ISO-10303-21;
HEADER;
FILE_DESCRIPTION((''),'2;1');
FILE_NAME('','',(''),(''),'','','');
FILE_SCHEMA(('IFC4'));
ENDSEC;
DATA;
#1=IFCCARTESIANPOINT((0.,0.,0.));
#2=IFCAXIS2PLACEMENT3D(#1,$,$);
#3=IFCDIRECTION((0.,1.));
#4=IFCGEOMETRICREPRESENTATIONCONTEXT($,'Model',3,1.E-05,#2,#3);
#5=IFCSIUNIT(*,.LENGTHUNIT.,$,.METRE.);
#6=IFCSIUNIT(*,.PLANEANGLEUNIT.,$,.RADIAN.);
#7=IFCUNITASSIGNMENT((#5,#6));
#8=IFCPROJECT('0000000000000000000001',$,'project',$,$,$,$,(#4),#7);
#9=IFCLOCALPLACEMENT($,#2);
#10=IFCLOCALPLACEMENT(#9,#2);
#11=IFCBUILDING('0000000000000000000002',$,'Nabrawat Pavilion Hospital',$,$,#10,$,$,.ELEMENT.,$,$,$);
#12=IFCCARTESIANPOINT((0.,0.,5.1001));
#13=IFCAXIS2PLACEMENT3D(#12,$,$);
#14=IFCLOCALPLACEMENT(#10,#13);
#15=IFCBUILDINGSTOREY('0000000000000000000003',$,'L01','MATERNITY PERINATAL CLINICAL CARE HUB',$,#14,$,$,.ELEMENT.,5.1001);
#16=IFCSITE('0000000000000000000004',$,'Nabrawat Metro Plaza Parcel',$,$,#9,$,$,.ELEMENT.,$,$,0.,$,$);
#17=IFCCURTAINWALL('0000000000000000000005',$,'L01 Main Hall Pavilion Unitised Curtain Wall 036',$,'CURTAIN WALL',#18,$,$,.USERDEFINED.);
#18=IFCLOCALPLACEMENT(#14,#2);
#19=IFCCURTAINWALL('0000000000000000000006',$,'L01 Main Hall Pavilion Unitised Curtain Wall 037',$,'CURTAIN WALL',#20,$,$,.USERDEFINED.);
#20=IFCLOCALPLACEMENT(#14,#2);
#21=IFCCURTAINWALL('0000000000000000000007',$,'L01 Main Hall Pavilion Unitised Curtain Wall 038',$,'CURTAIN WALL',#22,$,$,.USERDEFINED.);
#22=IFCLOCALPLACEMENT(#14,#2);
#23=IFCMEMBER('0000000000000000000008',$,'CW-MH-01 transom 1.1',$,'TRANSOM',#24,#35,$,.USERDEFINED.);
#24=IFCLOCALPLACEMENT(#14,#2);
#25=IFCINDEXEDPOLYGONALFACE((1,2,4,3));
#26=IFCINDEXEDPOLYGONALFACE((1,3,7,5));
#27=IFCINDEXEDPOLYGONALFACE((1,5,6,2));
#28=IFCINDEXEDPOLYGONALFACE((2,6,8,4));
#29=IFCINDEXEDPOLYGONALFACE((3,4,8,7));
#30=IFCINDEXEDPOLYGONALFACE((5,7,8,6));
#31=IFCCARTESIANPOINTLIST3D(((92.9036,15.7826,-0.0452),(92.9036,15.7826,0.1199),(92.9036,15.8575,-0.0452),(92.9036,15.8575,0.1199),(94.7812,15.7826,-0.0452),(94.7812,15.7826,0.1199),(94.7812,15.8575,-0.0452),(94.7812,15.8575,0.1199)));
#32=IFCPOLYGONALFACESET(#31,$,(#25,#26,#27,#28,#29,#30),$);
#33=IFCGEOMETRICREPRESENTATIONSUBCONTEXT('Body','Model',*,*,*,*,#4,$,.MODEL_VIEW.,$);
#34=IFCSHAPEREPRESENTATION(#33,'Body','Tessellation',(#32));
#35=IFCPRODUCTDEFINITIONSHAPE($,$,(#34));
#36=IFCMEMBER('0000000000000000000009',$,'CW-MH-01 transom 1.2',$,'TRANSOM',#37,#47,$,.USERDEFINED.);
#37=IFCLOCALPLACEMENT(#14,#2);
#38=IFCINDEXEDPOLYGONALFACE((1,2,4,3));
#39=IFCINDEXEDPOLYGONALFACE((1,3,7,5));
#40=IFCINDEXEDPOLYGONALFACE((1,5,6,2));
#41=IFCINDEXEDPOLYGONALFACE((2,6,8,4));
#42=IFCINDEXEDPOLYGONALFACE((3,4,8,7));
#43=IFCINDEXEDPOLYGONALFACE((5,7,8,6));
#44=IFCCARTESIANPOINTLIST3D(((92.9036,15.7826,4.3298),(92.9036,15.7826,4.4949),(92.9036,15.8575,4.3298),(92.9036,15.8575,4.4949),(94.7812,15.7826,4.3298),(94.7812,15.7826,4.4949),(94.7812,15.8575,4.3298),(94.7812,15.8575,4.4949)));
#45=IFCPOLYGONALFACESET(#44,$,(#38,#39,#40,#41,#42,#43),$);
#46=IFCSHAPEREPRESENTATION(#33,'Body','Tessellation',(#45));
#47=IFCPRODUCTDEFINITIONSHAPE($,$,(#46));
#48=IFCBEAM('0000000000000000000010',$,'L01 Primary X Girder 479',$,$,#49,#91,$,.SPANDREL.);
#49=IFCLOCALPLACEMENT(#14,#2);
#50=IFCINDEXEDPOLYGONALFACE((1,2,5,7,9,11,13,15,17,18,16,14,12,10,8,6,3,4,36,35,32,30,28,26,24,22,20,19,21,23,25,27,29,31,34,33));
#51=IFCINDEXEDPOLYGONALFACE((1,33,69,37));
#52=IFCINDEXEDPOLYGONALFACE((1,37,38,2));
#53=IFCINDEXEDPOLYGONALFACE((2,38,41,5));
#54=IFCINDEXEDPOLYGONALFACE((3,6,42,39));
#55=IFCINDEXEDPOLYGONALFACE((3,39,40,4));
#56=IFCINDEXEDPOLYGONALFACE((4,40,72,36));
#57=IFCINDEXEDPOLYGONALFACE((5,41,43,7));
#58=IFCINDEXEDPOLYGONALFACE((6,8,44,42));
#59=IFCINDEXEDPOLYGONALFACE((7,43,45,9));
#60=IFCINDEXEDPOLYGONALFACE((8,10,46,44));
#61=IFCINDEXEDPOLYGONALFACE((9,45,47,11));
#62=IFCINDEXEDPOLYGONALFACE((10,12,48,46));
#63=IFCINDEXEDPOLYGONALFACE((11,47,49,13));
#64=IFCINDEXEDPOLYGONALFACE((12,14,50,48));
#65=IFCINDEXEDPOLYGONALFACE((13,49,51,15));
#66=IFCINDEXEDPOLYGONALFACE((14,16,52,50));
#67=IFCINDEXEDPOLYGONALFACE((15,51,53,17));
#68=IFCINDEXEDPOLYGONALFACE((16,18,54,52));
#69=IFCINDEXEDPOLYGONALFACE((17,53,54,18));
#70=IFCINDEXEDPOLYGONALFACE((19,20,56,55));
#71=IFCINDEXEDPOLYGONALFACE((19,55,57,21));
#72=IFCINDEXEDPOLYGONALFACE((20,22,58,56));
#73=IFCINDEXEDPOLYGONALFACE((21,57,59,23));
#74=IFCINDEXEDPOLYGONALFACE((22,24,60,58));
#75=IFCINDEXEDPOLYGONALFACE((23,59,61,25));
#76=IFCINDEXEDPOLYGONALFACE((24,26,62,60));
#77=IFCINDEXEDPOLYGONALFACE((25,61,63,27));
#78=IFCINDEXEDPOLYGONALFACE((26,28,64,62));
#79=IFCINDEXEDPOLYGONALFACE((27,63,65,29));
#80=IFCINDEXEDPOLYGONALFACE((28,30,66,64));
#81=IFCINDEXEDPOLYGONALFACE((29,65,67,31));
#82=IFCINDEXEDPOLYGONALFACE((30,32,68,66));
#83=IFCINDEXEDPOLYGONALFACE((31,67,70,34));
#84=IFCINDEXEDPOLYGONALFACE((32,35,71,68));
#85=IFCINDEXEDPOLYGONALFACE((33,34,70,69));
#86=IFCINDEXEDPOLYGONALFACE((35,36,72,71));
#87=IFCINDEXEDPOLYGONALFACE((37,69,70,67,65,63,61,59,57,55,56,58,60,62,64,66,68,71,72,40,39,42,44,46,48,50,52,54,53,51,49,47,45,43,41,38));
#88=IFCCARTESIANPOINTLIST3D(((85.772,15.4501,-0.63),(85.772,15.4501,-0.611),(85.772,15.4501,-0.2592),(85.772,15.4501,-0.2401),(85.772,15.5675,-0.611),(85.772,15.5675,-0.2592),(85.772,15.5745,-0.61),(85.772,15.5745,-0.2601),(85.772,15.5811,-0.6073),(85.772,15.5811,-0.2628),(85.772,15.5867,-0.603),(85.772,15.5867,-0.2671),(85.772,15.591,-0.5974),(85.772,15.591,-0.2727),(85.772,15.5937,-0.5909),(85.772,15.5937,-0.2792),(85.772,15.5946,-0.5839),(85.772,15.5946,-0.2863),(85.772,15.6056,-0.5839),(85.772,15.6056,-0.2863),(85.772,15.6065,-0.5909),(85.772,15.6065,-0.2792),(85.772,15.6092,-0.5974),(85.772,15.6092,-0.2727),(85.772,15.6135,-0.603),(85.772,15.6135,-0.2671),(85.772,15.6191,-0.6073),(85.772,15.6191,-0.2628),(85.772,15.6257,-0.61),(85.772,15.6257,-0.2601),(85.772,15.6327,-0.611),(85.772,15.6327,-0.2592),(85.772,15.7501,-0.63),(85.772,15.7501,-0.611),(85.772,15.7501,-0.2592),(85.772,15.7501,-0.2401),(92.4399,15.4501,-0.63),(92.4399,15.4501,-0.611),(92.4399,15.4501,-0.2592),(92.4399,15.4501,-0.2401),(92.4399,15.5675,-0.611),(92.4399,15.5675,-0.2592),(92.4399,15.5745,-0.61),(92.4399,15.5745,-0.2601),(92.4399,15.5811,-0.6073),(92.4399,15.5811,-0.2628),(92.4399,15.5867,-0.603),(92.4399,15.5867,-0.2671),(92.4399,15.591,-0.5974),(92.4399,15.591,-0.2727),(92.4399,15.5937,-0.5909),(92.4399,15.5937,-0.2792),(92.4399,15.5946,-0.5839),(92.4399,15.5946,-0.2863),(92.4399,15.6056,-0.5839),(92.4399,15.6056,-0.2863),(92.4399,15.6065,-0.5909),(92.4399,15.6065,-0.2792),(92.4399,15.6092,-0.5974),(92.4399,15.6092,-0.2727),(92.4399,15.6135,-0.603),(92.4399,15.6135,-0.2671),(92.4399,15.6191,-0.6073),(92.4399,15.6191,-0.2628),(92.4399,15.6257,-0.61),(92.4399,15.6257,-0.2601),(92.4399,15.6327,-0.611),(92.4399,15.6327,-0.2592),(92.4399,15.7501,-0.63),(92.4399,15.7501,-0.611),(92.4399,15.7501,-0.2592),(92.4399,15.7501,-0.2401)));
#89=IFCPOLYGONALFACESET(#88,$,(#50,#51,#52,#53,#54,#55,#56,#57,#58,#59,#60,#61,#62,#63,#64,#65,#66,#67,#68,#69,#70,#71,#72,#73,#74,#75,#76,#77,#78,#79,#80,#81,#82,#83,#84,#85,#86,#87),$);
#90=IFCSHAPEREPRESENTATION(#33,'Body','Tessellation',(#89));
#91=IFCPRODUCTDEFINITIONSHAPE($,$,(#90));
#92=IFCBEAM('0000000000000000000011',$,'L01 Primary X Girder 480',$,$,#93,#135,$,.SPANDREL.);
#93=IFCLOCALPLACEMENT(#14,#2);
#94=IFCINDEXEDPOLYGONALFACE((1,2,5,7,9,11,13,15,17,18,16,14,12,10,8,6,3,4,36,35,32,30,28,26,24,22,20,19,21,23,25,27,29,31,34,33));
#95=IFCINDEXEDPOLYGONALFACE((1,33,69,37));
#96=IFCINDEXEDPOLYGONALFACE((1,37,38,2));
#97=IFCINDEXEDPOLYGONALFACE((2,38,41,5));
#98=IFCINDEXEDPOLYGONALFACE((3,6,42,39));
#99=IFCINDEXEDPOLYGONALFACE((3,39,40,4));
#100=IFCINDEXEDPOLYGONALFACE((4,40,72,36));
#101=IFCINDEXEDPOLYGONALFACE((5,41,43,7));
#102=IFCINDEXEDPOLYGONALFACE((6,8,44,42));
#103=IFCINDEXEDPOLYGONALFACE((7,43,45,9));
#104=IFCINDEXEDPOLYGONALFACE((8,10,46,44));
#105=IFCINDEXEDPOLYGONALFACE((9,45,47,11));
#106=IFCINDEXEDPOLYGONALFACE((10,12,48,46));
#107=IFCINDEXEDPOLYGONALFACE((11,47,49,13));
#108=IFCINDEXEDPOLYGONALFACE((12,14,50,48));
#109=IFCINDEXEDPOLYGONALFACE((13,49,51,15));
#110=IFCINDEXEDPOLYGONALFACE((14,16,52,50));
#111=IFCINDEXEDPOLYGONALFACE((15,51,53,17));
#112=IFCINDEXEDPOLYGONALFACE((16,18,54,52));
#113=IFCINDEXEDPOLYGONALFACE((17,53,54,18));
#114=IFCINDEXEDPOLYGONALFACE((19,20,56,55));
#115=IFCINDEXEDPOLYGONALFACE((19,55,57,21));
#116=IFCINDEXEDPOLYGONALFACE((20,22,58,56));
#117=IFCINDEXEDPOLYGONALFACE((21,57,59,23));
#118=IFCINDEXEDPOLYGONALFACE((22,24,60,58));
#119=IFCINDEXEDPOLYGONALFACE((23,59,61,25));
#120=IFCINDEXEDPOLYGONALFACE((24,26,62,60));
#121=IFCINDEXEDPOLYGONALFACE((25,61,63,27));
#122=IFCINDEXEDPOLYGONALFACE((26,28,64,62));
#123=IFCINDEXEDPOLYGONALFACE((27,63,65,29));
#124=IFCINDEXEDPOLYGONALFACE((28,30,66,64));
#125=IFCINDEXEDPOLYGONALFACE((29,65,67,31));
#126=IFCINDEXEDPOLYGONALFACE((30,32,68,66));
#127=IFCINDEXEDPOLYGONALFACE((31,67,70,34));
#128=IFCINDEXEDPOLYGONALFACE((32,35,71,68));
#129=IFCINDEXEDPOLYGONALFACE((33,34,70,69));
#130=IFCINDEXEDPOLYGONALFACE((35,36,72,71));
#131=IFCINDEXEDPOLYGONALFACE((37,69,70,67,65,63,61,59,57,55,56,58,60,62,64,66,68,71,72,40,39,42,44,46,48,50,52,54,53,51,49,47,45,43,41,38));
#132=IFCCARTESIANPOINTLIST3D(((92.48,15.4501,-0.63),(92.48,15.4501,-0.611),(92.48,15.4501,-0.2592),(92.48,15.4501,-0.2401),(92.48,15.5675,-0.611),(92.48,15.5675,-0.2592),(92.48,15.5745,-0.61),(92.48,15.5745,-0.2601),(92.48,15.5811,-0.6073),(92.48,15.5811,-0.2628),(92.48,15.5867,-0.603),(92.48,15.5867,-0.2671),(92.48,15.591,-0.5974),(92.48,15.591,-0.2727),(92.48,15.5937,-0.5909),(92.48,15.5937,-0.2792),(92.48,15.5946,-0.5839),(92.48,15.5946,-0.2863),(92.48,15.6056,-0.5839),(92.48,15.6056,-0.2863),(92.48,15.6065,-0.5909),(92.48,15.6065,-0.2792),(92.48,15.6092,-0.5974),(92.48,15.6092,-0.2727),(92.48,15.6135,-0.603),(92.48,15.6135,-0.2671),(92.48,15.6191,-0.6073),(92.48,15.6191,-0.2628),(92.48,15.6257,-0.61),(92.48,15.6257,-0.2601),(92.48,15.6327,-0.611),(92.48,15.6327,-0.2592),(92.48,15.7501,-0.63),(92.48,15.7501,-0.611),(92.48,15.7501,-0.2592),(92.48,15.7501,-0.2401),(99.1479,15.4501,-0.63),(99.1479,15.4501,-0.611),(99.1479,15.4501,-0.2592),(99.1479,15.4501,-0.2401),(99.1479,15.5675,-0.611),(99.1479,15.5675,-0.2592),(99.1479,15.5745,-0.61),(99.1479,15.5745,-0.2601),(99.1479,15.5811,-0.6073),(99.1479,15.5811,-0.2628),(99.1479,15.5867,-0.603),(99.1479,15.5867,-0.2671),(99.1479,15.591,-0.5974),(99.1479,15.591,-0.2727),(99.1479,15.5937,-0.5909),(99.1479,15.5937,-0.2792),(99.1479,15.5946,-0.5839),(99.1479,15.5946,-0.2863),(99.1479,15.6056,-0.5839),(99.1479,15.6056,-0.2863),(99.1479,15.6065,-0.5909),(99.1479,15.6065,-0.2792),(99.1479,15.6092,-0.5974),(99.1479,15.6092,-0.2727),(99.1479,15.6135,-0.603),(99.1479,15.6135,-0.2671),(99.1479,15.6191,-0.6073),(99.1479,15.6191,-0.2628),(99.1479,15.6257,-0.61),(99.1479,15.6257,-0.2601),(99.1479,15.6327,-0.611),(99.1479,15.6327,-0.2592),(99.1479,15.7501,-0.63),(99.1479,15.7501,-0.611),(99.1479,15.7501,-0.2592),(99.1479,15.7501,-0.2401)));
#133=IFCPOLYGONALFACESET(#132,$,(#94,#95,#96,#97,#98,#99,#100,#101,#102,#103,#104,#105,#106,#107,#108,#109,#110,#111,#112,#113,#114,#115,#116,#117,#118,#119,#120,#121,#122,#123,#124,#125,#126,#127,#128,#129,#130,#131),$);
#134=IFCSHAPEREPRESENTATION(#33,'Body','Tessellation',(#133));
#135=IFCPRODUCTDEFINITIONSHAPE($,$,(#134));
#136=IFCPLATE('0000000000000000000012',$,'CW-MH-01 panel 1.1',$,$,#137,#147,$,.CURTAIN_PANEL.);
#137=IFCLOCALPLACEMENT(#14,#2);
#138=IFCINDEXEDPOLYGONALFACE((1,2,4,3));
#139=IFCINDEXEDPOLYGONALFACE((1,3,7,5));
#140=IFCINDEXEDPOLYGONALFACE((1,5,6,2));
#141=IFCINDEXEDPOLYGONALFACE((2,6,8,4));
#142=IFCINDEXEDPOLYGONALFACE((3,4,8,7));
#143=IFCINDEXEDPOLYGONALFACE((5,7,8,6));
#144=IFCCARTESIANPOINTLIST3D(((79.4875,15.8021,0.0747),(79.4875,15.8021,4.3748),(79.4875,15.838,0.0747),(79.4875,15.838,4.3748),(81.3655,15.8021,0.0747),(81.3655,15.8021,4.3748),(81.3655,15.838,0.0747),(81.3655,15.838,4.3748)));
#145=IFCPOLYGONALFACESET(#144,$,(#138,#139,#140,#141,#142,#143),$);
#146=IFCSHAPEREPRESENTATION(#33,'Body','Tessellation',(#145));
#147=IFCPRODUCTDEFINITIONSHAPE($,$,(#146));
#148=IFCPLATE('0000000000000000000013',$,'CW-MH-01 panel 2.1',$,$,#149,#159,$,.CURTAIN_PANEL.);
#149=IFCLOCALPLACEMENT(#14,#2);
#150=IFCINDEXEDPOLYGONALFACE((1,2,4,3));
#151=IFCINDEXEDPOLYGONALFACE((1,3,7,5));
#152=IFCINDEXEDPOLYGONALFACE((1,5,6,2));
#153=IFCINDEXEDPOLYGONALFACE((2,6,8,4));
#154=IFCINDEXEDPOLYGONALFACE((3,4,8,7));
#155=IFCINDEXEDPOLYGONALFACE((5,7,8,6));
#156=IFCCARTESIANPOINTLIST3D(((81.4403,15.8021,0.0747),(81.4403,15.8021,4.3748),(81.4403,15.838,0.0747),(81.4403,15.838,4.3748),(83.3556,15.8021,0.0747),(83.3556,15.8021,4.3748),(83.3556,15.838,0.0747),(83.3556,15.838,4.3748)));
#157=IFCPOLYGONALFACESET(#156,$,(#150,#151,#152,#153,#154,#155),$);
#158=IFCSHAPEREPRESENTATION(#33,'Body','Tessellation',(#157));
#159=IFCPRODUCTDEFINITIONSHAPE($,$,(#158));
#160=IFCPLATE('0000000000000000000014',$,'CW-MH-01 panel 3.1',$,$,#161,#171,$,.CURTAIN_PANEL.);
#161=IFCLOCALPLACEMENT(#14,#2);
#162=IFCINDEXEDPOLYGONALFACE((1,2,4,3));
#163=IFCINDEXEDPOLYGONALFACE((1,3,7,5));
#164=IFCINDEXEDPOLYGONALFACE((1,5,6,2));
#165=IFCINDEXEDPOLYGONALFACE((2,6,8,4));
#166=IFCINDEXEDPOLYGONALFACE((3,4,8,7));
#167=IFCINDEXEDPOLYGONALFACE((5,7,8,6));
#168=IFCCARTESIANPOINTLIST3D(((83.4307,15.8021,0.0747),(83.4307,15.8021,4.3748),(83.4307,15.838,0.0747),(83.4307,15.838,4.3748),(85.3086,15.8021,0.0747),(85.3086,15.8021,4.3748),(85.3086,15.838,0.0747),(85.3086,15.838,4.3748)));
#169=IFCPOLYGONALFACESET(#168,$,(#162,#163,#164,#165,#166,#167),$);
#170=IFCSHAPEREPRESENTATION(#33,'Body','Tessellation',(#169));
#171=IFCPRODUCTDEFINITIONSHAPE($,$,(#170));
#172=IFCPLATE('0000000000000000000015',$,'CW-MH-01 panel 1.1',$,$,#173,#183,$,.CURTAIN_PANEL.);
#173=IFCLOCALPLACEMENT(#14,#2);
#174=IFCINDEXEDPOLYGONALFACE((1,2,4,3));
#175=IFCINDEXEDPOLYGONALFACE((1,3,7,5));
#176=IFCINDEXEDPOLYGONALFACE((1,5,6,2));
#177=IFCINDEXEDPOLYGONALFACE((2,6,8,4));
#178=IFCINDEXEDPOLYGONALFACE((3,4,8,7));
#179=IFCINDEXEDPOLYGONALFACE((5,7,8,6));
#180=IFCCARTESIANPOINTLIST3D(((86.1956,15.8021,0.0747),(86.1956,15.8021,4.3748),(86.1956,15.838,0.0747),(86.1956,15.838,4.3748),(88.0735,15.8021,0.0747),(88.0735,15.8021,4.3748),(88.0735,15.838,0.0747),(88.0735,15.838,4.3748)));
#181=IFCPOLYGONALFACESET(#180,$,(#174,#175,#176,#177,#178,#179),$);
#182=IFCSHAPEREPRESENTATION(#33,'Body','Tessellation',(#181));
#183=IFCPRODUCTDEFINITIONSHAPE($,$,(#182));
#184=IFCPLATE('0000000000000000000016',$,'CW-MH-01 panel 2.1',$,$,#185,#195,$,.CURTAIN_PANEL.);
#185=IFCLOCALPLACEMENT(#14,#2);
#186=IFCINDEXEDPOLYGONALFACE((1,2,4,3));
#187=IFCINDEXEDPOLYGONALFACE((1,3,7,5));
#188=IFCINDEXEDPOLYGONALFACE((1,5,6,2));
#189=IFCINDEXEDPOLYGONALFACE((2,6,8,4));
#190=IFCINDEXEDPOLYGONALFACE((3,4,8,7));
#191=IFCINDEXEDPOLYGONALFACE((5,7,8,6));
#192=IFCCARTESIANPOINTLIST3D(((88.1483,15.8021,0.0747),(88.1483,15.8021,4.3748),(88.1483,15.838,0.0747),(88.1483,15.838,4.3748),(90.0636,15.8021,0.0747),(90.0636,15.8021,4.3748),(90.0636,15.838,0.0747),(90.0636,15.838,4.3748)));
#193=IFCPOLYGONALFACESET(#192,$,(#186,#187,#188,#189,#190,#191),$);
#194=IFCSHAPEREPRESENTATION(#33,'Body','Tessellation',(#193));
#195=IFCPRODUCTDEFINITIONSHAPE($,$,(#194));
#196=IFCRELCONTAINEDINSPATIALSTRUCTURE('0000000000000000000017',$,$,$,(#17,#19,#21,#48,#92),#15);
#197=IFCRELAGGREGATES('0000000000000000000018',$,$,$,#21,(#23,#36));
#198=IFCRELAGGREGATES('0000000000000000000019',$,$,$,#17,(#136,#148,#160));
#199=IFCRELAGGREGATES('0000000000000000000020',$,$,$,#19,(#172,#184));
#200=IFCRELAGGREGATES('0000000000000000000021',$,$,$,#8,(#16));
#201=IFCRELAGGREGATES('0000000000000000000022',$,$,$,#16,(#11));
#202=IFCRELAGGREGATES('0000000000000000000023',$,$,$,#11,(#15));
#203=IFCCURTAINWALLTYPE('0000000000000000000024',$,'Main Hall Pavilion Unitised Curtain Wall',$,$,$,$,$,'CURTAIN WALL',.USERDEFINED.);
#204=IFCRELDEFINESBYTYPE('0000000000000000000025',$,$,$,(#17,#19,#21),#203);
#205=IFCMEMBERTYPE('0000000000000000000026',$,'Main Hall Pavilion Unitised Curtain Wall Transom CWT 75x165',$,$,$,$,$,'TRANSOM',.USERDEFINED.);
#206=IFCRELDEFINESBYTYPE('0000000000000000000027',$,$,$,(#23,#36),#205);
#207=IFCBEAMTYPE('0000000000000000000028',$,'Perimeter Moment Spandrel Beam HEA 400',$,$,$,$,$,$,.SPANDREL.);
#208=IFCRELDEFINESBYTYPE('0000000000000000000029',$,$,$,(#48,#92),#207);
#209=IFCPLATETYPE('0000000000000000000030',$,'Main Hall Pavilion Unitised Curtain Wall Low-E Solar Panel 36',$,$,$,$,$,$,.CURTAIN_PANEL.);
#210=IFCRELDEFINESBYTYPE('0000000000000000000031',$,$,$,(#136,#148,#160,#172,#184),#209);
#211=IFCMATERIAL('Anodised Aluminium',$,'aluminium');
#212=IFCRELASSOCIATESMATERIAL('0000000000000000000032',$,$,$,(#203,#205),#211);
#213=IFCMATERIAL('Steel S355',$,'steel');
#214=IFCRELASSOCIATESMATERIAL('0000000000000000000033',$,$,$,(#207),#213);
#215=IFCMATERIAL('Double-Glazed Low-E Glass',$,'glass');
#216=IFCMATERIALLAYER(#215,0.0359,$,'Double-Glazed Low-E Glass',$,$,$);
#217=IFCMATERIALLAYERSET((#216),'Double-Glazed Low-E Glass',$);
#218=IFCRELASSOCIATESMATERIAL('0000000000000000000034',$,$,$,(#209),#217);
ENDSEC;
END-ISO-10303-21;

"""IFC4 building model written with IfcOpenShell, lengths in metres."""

from ifc_helpers import new_model, si_unit, direction, frame, origin, origin_2d, place, context, subcontext, project, spatial, rectangle, i_section, extrude, material, layer, layer_set, material_profile, profile_set, type_object, element, aggregate, save


model = new_model("IFC4")

# Units and contexts
model_context = context("Model", 3, precision=1e-05, world=origin(), true_north=direction((0.0, 1.0)))
body_context = subcontext(model_context, "Body", "Model", "MODEL_VIEW")
ifc_project = project(units=[si_unit("LENGTHUNIT", "METRE"), si_unit("PLANEANGLEUNIT", "RADIAN")], contexts=[model_context])

# Site, building, storey
site_placement = place(None, origin())
site = spatial("IfcSite", under=ifc_project, at=site_placement, Name="Nabrawat Metro Plaza Parcel", CompositionType="ELEMENT", RefElevation=0.0)
building_placement = place(site_placement, origin())
building = spatial("IfcBuilding", under=site, at=building_placement, Name="Nabrawat Pavilion Hospital", CompositionType="ELEMENT")
storey_placement = place(building_placement, frame((0.0, 0.0, 5.1001)))
storey = spatial("IfcBuildingStorey", under=building, at=storey_placement, Name="L01", Description="MATERNITY PERINATAL CLINICAL CARE HUB", CompositionType="ELEMENT", Elevation=5.1001)

# Shared definitions
ifc_material_1 = material(Name="Steel S355", Category="steel")

# Curtain walls
ifc_material_2 = material(Name="Anodised Aluminium", Category="aluminium")
curtain_wall_type = type_object("IfcCurtainWallType", Name="Main Hall Pavilion Unitised Curtain Wall", ElementType="CURTAIN WALL", PredefinedType="USERDEFINED", material=ifc_material_2)
curtain_wall_1_placement = place(storey_placement, origin())
curtain_wall_1 = element("IfcCurtainWall", 1, at=curtain_wall_1_placement, inside=storey, type_object=curtain_wall_type, Name="L01 Main Hall Pavilion Unitised Curtain Wall 036", ObjectType="CURTAIN WALL", PredefinedType="USERDEFINED")
curtain_wall_2_placement = place(storey_placement, origin())
curtain_wall_2 = element("IfcCurtainWall", 2, at=curtain_wall_2_placement, inside=storey, type_object=curtain_wall_type, Name="L01 Main Hall Pavilion Unitised Curtain Wall 037", ObjectType="CURTAIN WALL", PredefinedType="USERDEFINED")

# Curtain wall
curtain_wall_3_placement = place(storey_placement, origin())
curtain_wall_3 = element("IfcCurtainWall", 3, at=curtain_wall_3_placement, inside=storey, type_object=curtain_wall_type, Name="L01 Main Hall Pavilion Unitised Curtain Wall 038", ObjectType="CURTAIN WALL", PredefinedType="USERDEFINED")

# Members
ifc_material_profile_1 = material_profile(ifc_material_2, rectangle(XDim=0.075, YDim=0.165, at=origin_2d()), Name="CWT 75x165")
ifc_profile_set_1 = profile_set([ifc_material_profile_1], Name="Anodised Aluminium")
member_type_1 = type_object("IfcMemberType", Name="Main Hall Pavilion Unitised Curtain Wall Transom CWT 75x165", ElementType="TRANSOM", PredefinedType="USERDEFINED", material=ifc_profile_set_1)
member_1_placement = place(storey_placement, frame((92.9036, 15.8201, 0.0374), z_axis=(1.0, 0.0, 0.0), x_axis=(0.0, 1.0, 0.0)))
member_1 = element("IfcMember", 4, at=member_1_placement, type_object=member_type_1, Name="CW-MH-01 transom 1.1", ObjectType="TRANSOM", PredefinedType="USERDEFINED", context=body_context, shape_type="SweptSolid", body=[
    extrude(rectangle(XDim=0.075, YDim=0.165, at=origin_2d()), origin(), (0.0, 0.0, 1.0), 1.8777),
])
member_2_placement = place(storey_placement, frame((92.9036, 15.8201, 4.4124), z_axis=(1.0, 0.0, 0.0), x_axis=(0.0, 1.0, 0.0)))
member_2 = element("IfcMember", 5, at=member_2_placement, type_object=member_type_1, Name="CW-MH-01 transom 1.2", ObjectType="TRANSOM", PredefinedType="USERDEFINED", context=body_context, shape_type="SweptSolid", body=[
    extrude(rectangle(XDim=0.075, YDim=0.165, at=origin_2d()), origin(), (0.0, 0.0, 1.0), 1.8777),
])
aggregate(curtain_wall_3, [member_1, member_2])

# Beams
ifc_material_profile_2 = material_profile(ifc_material_1, i_section(OverallWidth=0.3, OverallDepth=0.3899, WebThickness=0.011, FlangeThickness=0.019, FilletRadius=0.0271, at=origin_2d()), Name="HEA 400")
ifc_profile_set_2 = profile_set([ifc_material_profile_2], Name="Steel S355")
beam_type = type_object("IfcBeamType", Name="Perimeter Moment Spandrel Beam HEA 400", PredefinedType="SPANDREL", material=ifc_profile_set_2)
for number, where, z_axis, x_axis, name in (
    (6, (85.772, 15.6001, -0.4351), (1.0, 0.0, 0.0), (0.0, 1.0, 0.0), "L01 Primary X Girder 479"),
    (7, (92.48, 15.6001, -0.4351), (1.0, 0.0, 0.0), (0.0, 1.0, 0.0), "L01 Primary X Girder 480"),
):
    element("IfcBeam", number, at=place(storey_placement, frame(where, z_axis=z_axis, x_axis=x_axis)), inside=storey, type_object=beam_type, Name=name, PredefinedType="SPANDREL", context=body_context, shape_type="SweptSolid", body=[
        extrude(i_section(OverallWidth=0.3, OverallDepth=0.3899, WebThickness=0.011, FlangeThickness=0.019, FilletRadius=0.0271, at=origin_2d()), origin(), (0.0, 0.0, 1.0), 6.668),
    ])

# Plates
ifc_material_3 = material(Name="Double-Glazed Low-E Glass", Category="glass")
ifc_layer_1 = layer(ifc_material_3, 0.0359, Name="Double-Glazed Low-E Glass")
ifc_layer_set_1 = layer_set([ifc_layer_1], Name="Double-Glazed Low-E Glass")
plate_type_1 = type_object("IfcPlateType", Name="Main Hall Pavilion Unitised Curtain Wall Low-E Solar Panel 36", PredefinedType="CURTAIN_PANEL", material=ifc_layer_set_1)
plate_1_placement = place(storey_placement, frame((80.4265, 15.8201, 0.0747), z_axis=(0.0, 0.0, 1.0), x_axis=(1.0, 0.0, 0.0)))
plate_1 = element("IfcPlate", 8, at=plate_1_placement, type_object=plate_type_1, Name="CW-MH-01 panel 1.1", PredefinedType="CURTAIN_PANEL", context=body_context, shape_type="SweptSolid", body=[
    extrude(rectangle(XDim=1.8779, YDim=0.0359, at=origin_2d()), origin(), (0.0, 0.0, 1.0), 4.3),
])
plate_2_placement = place(storey_placement, frame((82.3979, 15.8201, 0.0747), z_axis=(0.0, 0.0, 1.0), x_axis=(1.0, 0.0, 0.0)))
plate_2 = element("IfcPlate", 9, at=plate_2_placement, type_object=plate_type_1, Name="CW-MH-01 panel 2.1", PredefinedType="CURTAIN_PANEL", context=body_context, shape_type="SweptSolid", body=[
    extrude(rectangle(XDim=1.9153, YDim=0.0359, at=origin_2d()), origin(), (0.0, 0.0, 1.0), 4.3),
])
plate_3_placement = place(storey_placement, frame((84.3696, 15.8201, 0.0747), z_axis=(0.0, 0.0, 1.0), x_axis=(1.0, 0.0, 0.0)))
plate_3 = element("IfcPlate", 10, at=plate_3_placement, type_object=plate_type_1, Name="CW-MH-01 panel 3.1", PredefinedType="CURTAIN_PANEL", context=body_context, shape_type="SweptSolid", body=[
    extrude(rectangle(XDim=1.8779, YDim=0.0359, at=origin_2d()), origin(), (0.0, 0.0, 1.0), 4.3),
])
aggregate(curtain_wall_1, [plate_1, plate_2, plate_3])
plate_4_placement = place(storey_placement, frame((87.1345, 15.8201, 0.0747), z_axis=(0.0, 0.0, 1.0), x_axis=(1.0, 0.0, 0.0)))
plate_4 = element("IfcPlate", 11, at=plate_4_placement, type_object=plate_type_1, Name="CW-MH-01 panel 1.1", PredefinedType="CURTAIN_PANEL", context=body_context, shape_type="SweptSolid", body=[
    extrude(rectangle(XDim=1.8779, YDim=0.0359, at=origin_2d()), origin(), (0.0, 0.0, 1.0), 4.3),
])
plate_5_placement = place(storey_placement, frame((89.106, 15.8201, 0.0747), z_axis=(0.0, 0.0, 1.0), x_axis=(1.0, 0.0, 0.0)))
plate_5 = element("IfcPlate", 12, at=plate_5_placement, type_object=plate_type_1, Name="CW-MH-01 panel 2.1", PredefinedType="CURTAIN_PANEL", context=body_context, shape_type="SweptSolid", body=[
    extrude(rectangle(XDim=1.9153, YDim=0.0359, at=origin_2d()), origin(), (0.0, 0.0, 1.0), 4.3),
])
aggregate(curtain_wall_2, [plate_4, plate_5])

save(model, "model.ifc")
